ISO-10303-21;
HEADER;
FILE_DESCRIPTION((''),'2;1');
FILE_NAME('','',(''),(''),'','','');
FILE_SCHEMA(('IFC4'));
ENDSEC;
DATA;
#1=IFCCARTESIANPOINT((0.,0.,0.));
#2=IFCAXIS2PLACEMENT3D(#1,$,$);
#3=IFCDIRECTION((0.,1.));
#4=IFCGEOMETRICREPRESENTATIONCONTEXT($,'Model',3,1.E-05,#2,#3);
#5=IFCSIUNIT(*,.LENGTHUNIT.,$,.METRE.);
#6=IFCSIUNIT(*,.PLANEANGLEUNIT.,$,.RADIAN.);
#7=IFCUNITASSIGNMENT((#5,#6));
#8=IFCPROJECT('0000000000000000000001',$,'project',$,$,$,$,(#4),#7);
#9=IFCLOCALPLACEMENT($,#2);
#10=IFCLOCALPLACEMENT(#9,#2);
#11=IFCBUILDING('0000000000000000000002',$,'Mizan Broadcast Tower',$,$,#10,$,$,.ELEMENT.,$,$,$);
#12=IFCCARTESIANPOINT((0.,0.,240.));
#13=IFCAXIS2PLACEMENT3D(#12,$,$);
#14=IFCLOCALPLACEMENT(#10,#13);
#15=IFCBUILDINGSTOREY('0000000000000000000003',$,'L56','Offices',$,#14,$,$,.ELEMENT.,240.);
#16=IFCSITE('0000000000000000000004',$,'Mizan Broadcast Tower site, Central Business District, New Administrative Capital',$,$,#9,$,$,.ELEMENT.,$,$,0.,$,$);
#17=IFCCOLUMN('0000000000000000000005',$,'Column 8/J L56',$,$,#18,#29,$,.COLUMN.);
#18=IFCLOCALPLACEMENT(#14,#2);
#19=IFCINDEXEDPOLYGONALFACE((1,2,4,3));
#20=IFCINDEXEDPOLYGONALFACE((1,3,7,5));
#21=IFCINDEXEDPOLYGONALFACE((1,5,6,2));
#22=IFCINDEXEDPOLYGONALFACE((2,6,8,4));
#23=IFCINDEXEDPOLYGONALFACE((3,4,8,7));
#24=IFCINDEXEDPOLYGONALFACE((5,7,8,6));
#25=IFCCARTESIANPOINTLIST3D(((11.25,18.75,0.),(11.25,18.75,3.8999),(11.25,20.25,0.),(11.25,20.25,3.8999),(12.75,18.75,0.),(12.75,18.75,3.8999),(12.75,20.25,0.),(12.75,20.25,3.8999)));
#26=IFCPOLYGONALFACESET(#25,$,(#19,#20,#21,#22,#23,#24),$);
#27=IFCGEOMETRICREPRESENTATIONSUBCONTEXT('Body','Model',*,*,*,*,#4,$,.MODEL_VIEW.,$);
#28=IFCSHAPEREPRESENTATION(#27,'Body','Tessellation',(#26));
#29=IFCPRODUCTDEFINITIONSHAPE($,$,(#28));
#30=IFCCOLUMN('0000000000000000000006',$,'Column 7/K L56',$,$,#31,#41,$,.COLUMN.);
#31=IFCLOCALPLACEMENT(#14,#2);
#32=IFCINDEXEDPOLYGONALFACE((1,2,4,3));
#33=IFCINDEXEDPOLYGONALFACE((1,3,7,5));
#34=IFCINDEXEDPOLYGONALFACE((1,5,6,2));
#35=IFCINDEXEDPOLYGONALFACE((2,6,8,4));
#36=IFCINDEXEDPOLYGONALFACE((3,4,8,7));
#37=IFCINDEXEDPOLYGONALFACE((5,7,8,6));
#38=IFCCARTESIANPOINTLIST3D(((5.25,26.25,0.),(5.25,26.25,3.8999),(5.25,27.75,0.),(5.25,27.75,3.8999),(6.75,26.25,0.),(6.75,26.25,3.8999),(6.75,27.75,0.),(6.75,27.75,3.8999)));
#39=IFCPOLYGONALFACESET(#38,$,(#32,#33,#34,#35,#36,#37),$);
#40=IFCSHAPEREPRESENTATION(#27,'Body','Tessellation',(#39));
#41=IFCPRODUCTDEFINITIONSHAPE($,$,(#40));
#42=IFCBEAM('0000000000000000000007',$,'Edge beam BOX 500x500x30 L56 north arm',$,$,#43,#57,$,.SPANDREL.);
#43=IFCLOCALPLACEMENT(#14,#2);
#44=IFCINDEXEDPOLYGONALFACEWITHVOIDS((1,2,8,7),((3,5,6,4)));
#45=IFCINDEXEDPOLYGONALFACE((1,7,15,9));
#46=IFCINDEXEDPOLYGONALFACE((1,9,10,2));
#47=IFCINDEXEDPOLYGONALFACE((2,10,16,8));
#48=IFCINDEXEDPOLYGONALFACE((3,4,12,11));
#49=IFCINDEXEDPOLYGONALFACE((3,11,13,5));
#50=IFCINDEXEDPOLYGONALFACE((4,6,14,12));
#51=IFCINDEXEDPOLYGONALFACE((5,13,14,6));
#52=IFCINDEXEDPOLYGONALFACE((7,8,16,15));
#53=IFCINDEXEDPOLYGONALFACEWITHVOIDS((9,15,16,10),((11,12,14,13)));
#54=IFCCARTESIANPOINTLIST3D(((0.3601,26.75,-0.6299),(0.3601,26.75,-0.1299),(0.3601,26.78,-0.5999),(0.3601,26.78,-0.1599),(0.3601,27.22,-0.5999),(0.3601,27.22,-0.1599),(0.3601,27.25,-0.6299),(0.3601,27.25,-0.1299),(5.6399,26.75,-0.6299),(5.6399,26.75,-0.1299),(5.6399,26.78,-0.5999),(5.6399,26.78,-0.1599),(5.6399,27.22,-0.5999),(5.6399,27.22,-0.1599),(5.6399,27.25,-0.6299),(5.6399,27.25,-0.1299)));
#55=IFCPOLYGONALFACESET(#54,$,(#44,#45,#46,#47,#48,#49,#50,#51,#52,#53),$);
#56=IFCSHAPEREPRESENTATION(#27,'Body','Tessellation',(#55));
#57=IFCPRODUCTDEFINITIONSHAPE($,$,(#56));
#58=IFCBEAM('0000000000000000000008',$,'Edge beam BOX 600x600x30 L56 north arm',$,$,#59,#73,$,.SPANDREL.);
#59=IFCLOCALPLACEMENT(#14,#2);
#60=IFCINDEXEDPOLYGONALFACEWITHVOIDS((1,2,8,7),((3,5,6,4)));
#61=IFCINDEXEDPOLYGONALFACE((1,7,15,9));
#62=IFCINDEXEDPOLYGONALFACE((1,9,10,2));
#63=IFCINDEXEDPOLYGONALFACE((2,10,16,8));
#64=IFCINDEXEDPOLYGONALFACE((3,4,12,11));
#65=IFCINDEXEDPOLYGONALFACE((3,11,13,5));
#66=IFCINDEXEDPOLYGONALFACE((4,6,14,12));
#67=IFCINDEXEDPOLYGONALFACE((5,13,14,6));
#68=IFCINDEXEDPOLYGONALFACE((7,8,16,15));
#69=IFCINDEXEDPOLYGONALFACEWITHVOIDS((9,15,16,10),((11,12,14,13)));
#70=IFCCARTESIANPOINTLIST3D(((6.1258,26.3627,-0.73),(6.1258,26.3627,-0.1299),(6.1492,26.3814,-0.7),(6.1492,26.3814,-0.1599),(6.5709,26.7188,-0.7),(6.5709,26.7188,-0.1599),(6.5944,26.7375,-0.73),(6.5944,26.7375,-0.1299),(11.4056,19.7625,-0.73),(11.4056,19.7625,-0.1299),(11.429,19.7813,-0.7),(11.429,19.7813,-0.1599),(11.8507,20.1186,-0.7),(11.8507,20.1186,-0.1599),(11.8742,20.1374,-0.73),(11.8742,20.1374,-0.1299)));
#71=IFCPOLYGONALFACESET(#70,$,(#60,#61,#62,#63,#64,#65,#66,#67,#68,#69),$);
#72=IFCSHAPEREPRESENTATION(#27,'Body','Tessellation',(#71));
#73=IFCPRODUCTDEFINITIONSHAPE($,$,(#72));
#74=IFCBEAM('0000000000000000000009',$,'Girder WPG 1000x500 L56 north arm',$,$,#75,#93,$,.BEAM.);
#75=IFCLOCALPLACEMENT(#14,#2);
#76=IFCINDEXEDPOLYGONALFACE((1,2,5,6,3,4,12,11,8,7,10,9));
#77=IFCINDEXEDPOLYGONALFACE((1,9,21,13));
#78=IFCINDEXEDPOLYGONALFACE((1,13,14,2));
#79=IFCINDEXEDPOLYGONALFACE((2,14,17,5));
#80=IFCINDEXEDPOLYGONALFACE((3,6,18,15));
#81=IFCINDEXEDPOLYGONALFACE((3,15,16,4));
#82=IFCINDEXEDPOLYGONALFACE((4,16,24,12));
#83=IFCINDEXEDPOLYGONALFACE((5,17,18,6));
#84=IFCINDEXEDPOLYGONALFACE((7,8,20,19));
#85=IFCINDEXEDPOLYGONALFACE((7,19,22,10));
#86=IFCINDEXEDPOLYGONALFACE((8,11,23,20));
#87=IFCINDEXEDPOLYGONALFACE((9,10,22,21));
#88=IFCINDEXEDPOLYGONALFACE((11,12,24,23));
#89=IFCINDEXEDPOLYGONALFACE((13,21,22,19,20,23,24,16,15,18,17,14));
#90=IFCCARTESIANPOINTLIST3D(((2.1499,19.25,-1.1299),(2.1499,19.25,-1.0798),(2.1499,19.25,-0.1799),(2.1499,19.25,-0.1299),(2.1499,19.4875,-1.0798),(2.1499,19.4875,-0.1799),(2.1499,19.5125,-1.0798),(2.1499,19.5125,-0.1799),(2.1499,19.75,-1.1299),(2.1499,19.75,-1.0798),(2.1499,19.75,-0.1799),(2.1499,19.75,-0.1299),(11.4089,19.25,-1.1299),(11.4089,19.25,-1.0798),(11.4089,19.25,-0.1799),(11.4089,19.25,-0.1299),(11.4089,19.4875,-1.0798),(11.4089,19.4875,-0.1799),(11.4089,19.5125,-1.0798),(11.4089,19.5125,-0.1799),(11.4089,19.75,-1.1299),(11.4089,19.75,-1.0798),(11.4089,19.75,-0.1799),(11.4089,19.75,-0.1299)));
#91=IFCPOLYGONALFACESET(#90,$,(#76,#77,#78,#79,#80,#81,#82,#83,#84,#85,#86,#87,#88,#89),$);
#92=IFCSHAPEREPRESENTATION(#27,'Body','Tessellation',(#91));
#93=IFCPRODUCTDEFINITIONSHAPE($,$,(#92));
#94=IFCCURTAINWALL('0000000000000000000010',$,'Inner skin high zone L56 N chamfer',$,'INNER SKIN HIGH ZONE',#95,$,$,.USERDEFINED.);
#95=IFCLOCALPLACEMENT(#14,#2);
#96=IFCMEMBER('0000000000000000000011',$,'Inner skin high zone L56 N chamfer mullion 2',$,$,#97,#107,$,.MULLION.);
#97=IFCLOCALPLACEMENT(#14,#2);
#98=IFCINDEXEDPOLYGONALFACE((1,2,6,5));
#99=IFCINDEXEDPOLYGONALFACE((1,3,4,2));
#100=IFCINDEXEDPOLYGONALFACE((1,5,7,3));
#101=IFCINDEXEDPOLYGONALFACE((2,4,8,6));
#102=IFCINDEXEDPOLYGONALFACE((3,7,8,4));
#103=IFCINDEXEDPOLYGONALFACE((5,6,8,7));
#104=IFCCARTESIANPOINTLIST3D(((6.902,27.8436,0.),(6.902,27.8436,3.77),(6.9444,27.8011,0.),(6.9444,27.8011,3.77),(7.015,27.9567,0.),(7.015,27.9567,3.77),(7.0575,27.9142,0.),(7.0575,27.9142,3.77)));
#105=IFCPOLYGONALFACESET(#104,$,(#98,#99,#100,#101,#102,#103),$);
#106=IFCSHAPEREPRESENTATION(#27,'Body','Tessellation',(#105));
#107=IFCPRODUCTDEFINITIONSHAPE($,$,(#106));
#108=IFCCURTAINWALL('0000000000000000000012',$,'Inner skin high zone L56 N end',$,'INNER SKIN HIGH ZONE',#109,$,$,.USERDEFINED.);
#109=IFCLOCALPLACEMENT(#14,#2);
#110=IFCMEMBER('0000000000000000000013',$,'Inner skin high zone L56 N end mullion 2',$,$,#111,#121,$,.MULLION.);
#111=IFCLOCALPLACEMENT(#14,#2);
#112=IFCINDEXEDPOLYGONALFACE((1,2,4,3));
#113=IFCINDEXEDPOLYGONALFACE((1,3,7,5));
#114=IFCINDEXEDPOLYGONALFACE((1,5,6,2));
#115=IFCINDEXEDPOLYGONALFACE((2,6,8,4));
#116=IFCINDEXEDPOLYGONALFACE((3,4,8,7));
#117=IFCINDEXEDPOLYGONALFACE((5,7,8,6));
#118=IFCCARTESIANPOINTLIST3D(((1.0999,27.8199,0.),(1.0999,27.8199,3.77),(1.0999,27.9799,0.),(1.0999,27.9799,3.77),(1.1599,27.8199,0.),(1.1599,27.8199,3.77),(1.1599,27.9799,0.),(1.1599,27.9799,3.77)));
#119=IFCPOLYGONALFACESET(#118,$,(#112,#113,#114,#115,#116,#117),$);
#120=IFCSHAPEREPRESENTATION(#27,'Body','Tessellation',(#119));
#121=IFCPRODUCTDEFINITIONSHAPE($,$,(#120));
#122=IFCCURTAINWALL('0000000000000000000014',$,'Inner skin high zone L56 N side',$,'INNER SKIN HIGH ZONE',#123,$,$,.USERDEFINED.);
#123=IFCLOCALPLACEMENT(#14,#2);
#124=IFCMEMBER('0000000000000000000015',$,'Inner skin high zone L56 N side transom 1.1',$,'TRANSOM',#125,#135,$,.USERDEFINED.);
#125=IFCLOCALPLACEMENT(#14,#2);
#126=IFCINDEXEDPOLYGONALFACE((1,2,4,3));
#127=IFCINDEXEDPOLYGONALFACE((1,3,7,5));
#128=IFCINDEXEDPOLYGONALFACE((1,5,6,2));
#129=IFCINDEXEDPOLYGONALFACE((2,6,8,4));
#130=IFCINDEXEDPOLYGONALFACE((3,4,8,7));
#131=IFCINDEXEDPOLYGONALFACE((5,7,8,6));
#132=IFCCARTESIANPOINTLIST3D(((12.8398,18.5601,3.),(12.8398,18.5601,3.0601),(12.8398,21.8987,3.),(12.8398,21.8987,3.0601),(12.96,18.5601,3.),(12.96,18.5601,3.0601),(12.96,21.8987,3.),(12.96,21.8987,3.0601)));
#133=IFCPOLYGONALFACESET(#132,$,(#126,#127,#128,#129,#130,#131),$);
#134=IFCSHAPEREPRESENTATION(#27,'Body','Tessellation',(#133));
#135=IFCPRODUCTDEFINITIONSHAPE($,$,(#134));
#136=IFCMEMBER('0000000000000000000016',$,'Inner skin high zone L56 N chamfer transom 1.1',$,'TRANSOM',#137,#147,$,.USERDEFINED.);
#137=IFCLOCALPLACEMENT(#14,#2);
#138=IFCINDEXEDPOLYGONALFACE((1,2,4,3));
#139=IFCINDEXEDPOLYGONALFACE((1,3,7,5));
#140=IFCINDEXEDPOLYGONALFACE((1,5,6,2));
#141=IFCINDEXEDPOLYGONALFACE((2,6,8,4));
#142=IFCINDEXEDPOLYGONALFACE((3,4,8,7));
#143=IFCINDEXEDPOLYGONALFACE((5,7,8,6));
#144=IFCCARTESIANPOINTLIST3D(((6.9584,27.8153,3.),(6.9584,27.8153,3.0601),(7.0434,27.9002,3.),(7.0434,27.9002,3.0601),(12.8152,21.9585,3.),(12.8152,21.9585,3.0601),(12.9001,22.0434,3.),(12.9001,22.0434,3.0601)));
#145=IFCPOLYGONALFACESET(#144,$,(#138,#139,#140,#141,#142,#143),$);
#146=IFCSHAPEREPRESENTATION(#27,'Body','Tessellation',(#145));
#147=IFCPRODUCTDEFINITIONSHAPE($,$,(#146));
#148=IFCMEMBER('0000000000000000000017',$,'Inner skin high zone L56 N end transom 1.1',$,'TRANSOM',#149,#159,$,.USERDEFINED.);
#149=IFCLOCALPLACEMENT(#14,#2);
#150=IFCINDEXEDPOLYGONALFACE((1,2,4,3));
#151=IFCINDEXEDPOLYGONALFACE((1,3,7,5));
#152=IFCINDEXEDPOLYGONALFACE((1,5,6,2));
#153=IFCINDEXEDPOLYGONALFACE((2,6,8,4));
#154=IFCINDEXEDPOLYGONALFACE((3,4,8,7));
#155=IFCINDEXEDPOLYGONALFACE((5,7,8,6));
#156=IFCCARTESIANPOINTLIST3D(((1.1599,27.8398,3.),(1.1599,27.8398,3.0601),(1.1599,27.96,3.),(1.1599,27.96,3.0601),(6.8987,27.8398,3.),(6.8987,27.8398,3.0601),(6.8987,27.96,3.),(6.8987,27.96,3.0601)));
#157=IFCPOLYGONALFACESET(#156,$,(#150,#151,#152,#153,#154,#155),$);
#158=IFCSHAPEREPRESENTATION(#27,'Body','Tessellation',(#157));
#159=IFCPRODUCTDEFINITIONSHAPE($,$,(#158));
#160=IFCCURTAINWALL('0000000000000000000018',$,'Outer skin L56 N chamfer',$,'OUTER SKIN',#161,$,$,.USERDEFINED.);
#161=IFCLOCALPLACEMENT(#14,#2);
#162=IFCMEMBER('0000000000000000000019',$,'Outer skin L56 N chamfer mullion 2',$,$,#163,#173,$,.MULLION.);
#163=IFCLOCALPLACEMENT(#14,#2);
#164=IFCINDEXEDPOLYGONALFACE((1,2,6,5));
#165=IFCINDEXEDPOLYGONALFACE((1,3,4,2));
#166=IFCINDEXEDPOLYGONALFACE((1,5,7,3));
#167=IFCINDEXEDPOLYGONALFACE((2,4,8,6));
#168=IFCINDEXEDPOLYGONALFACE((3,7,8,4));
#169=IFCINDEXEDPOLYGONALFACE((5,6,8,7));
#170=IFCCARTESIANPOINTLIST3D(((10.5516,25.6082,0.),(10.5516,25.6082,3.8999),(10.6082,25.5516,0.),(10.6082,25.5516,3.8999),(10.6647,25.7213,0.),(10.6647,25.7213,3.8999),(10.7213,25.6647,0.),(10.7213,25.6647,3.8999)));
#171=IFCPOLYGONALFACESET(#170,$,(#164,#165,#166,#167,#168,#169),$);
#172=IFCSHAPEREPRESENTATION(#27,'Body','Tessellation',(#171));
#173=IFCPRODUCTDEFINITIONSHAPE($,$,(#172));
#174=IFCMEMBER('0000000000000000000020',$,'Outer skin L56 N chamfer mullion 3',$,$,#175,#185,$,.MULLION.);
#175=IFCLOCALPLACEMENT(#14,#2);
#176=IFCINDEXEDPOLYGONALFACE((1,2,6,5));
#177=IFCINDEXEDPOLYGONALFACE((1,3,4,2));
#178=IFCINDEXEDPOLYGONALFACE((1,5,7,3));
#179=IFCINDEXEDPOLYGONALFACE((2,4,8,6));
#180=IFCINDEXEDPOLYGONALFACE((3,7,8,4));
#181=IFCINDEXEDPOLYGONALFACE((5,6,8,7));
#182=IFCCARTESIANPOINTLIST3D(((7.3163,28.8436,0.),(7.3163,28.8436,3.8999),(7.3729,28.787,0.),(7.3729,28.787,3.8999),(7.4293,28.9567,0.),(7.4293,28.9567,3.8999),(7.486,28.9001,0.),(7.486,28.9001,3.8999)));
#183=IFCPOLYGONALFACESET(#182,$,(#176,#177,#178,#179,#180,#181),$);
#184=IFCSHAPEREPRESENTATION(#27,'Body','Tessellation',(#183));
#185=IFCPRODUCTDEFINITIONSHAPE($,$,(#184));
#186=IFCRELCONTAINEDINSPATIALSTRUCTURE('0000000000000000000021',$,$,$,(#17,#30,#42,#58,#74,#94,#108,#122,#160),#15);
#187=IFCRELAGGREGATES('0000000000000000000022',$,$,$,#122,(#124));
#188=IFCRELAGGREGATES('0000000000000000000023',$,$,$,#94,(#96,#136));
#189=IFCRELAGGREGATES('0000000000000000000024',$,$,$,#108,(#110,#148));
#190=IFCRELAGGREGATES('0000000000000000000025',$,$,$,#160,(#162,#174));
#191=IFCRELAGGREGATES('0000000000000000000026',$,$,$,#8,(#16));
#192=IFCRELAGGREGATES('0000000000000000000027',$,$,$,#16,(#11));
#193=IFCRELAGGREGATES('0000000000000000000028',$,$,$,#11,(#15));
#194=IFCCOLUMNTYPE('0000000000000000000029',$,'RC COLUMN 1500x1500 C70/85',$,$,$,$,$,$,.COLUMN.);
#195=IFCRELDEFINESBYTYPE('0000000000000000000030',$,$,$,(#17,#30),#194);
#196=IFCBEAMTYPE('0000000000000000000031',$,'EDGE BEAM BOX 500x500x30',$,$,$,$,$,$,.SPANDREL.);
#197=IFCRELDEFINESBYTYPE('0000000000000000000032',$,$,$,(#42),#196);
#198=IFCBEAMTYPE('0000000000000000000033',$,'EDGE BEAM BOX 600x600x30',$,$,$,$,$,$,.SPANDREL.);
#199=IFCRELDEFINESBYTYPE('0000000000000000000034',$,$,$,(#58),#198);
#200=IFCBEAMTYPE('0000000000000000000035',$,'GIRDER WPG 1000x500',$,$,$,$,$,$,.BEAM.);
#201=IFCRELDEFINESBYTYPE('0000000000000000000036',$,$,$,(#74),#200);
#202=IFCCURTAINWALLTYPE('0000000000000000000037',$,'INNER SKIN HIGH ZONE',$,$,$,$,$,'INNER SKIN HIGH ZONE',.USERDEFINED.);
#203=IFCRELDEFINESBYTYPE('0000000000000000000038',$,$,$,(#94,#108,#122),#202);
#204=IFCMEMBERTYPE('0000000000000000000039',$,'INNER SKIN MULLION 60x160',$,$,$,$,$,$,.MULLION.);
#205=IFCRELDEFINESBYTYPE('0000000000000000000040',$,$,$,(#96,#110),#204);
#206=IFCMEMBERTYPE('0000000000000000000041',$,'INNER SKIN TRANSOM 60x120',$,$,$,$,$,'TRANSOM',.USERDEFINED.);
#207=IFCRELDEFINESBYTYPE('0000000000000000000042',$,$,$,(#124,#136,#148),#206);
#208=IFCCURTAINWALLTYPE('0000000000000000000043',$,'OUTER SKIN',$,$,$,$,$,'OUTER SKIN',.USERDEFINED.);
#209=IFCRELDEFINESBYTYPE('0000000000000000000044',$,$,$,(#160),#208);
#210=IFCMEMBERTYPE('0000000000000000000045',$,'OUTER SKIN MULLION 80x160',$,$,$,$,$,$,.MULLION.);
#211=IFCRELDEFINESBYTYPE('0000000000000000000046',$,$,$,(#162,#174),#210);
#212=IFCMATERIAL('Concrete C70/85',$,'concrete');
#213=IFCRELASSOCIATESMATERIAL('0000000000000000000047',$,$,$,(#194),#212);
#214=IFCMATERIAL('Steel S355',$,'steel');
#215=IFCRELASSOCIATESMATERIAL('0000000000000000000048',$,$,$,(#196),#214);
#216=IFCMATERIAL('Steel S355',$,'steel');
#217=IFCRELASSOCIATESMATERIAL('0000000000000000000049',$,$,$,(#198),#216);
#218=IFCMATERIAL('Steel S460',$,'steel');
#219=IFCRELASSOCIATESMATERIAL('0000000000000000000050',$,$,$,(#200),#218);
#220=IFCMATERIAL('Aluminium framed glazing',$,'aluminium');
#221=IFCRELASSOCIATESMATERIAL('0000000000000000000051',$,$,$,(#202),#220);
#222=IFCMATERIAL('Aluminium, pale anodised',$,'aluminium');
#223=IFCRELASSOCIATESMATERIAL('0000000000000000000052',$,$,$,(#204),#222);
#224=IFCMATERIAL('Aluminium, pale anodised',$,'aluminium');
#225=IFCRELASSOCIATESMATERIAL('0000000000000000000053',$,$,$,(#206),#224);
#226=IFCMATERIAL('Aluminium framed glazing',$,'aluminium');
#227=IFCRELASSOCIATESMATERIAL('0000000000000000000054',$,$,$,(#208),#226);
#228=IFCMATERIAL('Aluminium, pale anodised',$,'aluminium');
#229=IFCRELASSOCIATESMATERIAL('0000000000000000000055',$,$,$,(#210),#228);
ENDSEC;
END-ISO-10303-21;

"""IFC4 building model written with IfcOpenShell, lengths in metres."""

from ifc_helpers import new_model, si_unit, direction, frame, origin, origin_2d, place, context, subcontext, project, spatial, rectangle, hollow_rectangle, i_section, extrude, material, material_profile, profile_set, type_object, element, aggregate, save


model = new_model("IFC4")

# Units and contexts
model_context = context("Model", 3, precision=1e-05, world=origin(), true_north=direction((0.0, 1.0)))
body_context = subcontext(model_context, "Body", "Model", "MODEL_VIEW")
ifc_project = project(units=[si_unit("LENGTHUNIT", "METRE"), si_unit("PLANEANGLEUNIT", "RADIAN")], contexts=[model_context])

# Site, building, storey
site_placement = place(None, origin())
site = spatial("IfcSite", under=ifc_project, at=site_placement, Name="Mizan Broadcast Tower site, Central Business District, New Administrative Capital", CompositionType="ELEMENT", RefElevation=0.0)
building_placement = place(site_placement, origin())
building = spatial("IfcBuilding", under=site, at=building_placement, Name="Mizan Broadcast Tower", CompositionType="ELEMENT")
storey_placement = place(building_placement, frame((0.0, 0.0, 240.0)))
storey = spatial("IfcBuildingStorey", under=building, at=storey_placement, Name="L56", Description="Offices", CompositionType="ELEMENT", Elevation=240.0)

# Columns
ifc_material_1 = material(Name="Concrete C70/85", Category="concrete")
ifc_material_profile_1 = material_profile(ifc_material_1, rectangle(XDim=1.5, YDim=1.5, at=origin_2d()), Name="RC 1500x1500")
ifc_profile_set_1 = profile_set([ifc_material_profile_1], Name="Concrete C70/85")
column_type = type_object("IfcColumnType", Name="RC COLUMN 1500x1500 C70/85", PredefinedType="COLUMN", material=ifc_profile_set_1)
for number, where, z_axis, x_axis, name in (
    (1, (12.0, 19.5, 0.0), (0.0, 0.0, 1.0), (1.0, 0.0, 0.0), "Column 8/J L56"),
    (2, (6.0, 27.0, 0.0), (0.0, 0.0, 1.0), (1.0, 0.0, 0.0), "Column 7/K L56"),
):
    element("IfcColumn", number, at=place(storey_placement, frame(where, z_axis=z_axis, x_axis=x_axis)), inside=storey, type_object=column_type, Name=name, PredefinedType="COLUMN", context=body_context, shape_type="SweptSolid", body=[
        extrude(rectangle(XDim=1.5, YDim=1.5, at=origin_2d()), origin(), (0.0, 0.0, 1.0), 3.8999),
    ])

# Beams
ifc_material_2 = material(Name="Steel S355", Category="steel")
ifc_material_profile_2 = material_profile(ifc_material_2, hollow_rectangle(XDim=0.5, YDim=0.5, WallThickness=0.03, at=origin_2d()), Name="BOX 500x500x30")
ifc_profile_set_2 = profile_set([ifc_material_profile_2], Name="Steel S355")
beam_type_1 = type_object("IfcBeamType", Name="EDGE BEAM BOX 500x500x30", PredefinedType="SPANDREL", material=ifc_profile_set_2)
beam_1_placement = place(storey_placement, frame((5.6399, 27.0, -0.3799), z_axis=(-1.0, 0.0, 0.0), x_axis=(0.0, -1.0, 0.0)))
element("IfcBeam", 3, at=beam_1_placement, inside=storey, type_object=beam_type_1, Name="Edge beam BOX 500x500x30 L56 north arm", PredefinedType="SPANDREL", context=body_context, shape_type="SweptSolid", body=[
    extrude(hollow_rectangle(XDim=0.5, YDim=0.5, WallThickness=0.03, at=origin_2d()), origin(), (0.0, 0.0, 1.0), 5.2798),
])
ifc_material_3 = material(Name="Steel S355", Category="steel")
ifc_material_profile_3 = material_profile(ifc_material_3, hollow_rectangle(XDim=0.6001, YDim=0.6001, WallThickness=0.03, at=origin_2d()), Name="BOX 600x600x30")
ifc_profile_set_3 = profile_set([ifc_material_profile_3], Name="Steel S355")
beam_type_2 = type_object("IfcBeamType", Name="EDGE BEAM BOX 600x600x30", PredefinedType="SPANDREL", material=ifc_profile_set_3)
beam_2_placement = place(storey_placement, frame((11.6399, 19.95, -0.4299), z_axis=(-0.624674, 0.780886, 0.0), x_axis=(-0.780886, -0.624674, 0.0)))
element("IfcBeam", 4, at=beam_2_placement, inside=storey, type_object=beam_type_2, Name="Edge beam BOX 600x600x30 L56 north arm", PredefinedType="SPANDREL", context=body_context, shape_type="SweptSolid", body=[
    extrude(hollow_rectangle(XDim=0.6001, YDim=0.6001, WallThickness=0.03, at=origin_2d()), origin(), (0.0, 0.0, 1.0), 8.4521),
])
ifc_material_4 = material(Name="Steel S460", Category="steel")
ifc_material_profile_4 = material_profile(ifc_material_4, i_section(OverallWidth=0.5, OverallDepth=1.0, WebThickness=0.0249, FlangeThickness=0.05, at=origin_2d()), Name="WPG 1000x500")
ifc_profile_set_4 = profile_set([ifc_material_profile_4], Name="Steel S460")
beam_type_3 = type_object("IfcBeamType", Name="GIRDER WPG 1000x500", PredefinedType="BEAM", material=ifc_profile_set_4)
beam_3_placement = place(storey_placement, frame((11.4089, 19.5, -0.6299), z_axis=(-1.0, 0.0, 0.0), x_axis=(0.0, -1.0, 0.0)))
element("IfcBeam", 5, at=beam_3_placement, inside=storey, type_object=beam_type_3, Name="Girder WPG 1000x500 L56 north arm", PredefinedType="BEAM", context=body_context, shape_type="SweptSolid", body=[
    extrude(i_section(OverallWidth=0.5, OverallDepth=1.0, WebThickness=0.0249, FlangeThickness=0.05, at=origin_2d()), origin(), (0.0, 0.0, 1.0), 9.259),
])

# Curtain walls, members
ifc_material_5 = material(Name="Aluminium framed glazing", Category="aluminium")
curtain_wall_type_1 = type_object("IfcCurtainWallType", Name="INNER SKIN HIGH ZONE", ElementType="INNER SKIN HIGH ZONE", PredefinedType="USERDEFINED", material=ifc_material_5)
curtain_wall_1_placement = place(storey_placement, origin())
curtain_wall_1 = element("IfcCurtainWall", 6, at=curtain_wall_1_placement, inside=storey, type_object=curtain_wall_type_1, Name="Inner skin high zone L56 N chamfer", ObjectType="INNER SKIN HIGH ZONE", PredefinedType="USERDEFINED")
ifc_material_6 = material(Name="Aluminium, pale anodised", Category="aluminium")
ifc_material_profile_5 = material_profile(ifc_material_6, rectangle(XDim=0.1599, YDim=0.0601, at=origin_2d()), Name="MULLION 160x60")
ifc_profile_set_5 = profile_set([ifc_material_profile_5], Name="Aluminium, pale anodised")
member_type_1 = type_object("IfcMemberType", Name="INNER SKIN MULLION 60x160", PredefinedType="MULLION", material=ifc_profile_set_5)
member_1_placement = place(storey_placement, frame((6.9797, 27.8789, 0.0), z_axis=(0.0, 0.0, 1.0), x_axis=(-0.707107, -0.707107, 0.0)))
member_1 = element("IfcMember", 7, at=member_1_placement, type_object=member_type_1, Name="Inner skin high zone L56 N chamfer mullion 2", PredefinedType="MULLION", context=body_context, shape_type="SweptSolid", body=[
    extrude(rectangle(XDim=0.1599, YDim=0.0601, at=origin_2d()), origin(), (0.0, 0.0, 1.0), 3.77),
])
curtain_wall_2_placement = place(storey_placement, origin())
curtain_wall_2 = element("IfcCurtainWall", 8, at=curtain_wall_2_placement, inside=storey, type_object=curtain_wall_type_1, Name="Inner skin high zone L56 N end", ObjectType="INNER SKIN HIGH ZONE", PredefinedType="USERDEFINED")
member_2_placement = place(storey_placement, frame((1.1299, 27.8999, 0.0), z_axis=(0.0, 0.0, 1.0), x_axis=(0.0, -1.0, 0.0)))
member_2 = element("IfcMember", 9, at=member_2_placement, type_object=member_type_1, Name="Inner skin high zone L56 N end mullion 2", PredefinedType="MULLION", context=body_context, shape_type="SweptSolid", body=[
    extrude(rectangle(XDim=0.1599, YDim=0.0601, at=origin_2d()), origin(), (0.0, 0.0, 1.0), 3.77),
])
curtain_wall_3_placement = place(storey_placement, origin())
curtain_wall_3 = element("IfcCurtainWall", 10, at=curtain_wall_3_placement, inside=storey, type_object=curtain_wall_type_1, Name="Inner skin high zone L56 N side", ObjectType="INNER SKIN HIGH ZONE", PredefinedType="USERDEFINED")
ifc_material_7 = material(Name="Aluminium, pale anodised", Category="aluminium")
ifc_material_profile_6 = material_profile(ifc_material_7, rectangle(XDim=0.1201, YDim=0.0601, at=origin_2d()), Name="TRANSOM 120x60")
ifc_profile_set_6 = profile_set([ifc_material_profile_6], Name="Aluminium, pale anodised")
member_type_2 = type_object("IfcMemberType", Name="INNER SKIN TRANSOM 60x120", ElementType="TRANSOM", PredefinedType="USERDEFINED", material=ifc_profile_set_6)
member_3_placement = place(storey_placement, frame((12.8999, 18.5601, 3.03), z_axis=(0.0, 1.0, 0.0), x_axis=(-1.0, 0.0, 0.0)))
member_3 = element("IfcMember", 11, at=member_3_placement, type_object=member_type_2, Name="Inner skin high zone L56 N side transom 1.1", ObjectType="TRANSOM", PredefinedType="USERDEFINED", context=body_context, shape_type="SweptSolid", body=[
    extrude(rectangle(XDim=0.1201, YDim=0.0601, at=origin_2d()), origin(), (0.0, 0.0, 1.0), 3.3386),
])

# Members
member_4_placement = place(storey_placement, frame((12.8577, 22.001, 3.03), z_axis=(-0.707107, 0.707107, 0.0), x_axis=(-0.707107, -0.707107, 0.0)))
member_4 = element("IfcMember", 12, at=member_4_placement, type_object=member_type_2, Name="Inner skin high zone L56 N chamfer transom 1.1", ObjectType="TRANSOM", PredefinedType="USERDEFINED", context=body_context, shape_type="SweptSolid", body=[
    extrude(rectangle(XDim=0.1201, YDim=0.0601, at=origin_2d()), origin(), (0.0, 0.0, 1.0), 8.2827),
])
member_5_placement = place(storey_placement, frame((6.8987, 27.8999, 3.03), z_axis=(-1.0, 0.0, 0.0), x_axis=(0.0, -1.0, 0.0)))
member_5 = element("IfcMember", 13, at=member_5_placement, type_object=member_type_2, Name="Inner skin high zone L56 N end transom 1.1", ObjectType="TRANSOM", PredefinedType="USERDEFINED", context=body_context, shape_type="SweptSolid", body=[
    extrude(rectangle(XDim=0.1201, YDim=0.0601, at=origin_2d()), origin(), (0.0, 0.0, 1.0), 5.7388),
])

# Curtain wall, members
ifc_material_8 = material(Name="Aluminium framed glazing", Category="aluminium")
curtain_wall_type_2 = type_object("IfcCurtainWallType", Name="OUTER SKIN", ElementType="OUTER SKIN", PredefinedType="USERDEFINED", material=ifc_material_8)
curtain_wall_4_placement = place(storey_placement, origin())
curtain_wall_4 = element("IfcCurtainWall", 14, at=curtain_wall_4_placement, inside=storey, type_object=curtain_wall_type_2, Name="Outer skin L56 N chamfer", ObjectType="OUTER SKIN", PredefinedType="USERDEFINED")
ifc_material_9 = material(Name="Aluminium, pale anodised", Category="aluminium")
ifc_material_profile_7 = material_profile(ifc_material_9, rectangle(XDim=0.1599, YDim=0.0801, at=origin_2d()), Name="MULLION 160x80")
ifc_profile_set_7 = profile_set([ifc_material_profile_7], Name="Aluminium, pale anodised")
member_type_3 = type_object("IfcMemberType", Name="OUTER SKIN MULLION 80x160", PredefinedType="MULLION", material=ifc_profile_set_7)
member_6_placement = place(storey_placement, frame((10.6365, 25.6365, 0.0), z_axis=(0.0, 0.0, 1.0), x_axis=(-0.707107, -0.707107, 0.0)))
member_6 = element("IfcMember", 15, at=member_6_placement, type_object=member_type_3, Name="Outer skin L56 N chamfer mullion 2", PredefinedType="MULLION", context=body_context, shape_type="SweptSolid", body=[
    extrude(rectangle(XDim=0.1599, YDim=0.0801, at=origin_2d()), origin(), (0.0, 0.0, 1.0), 3.8999),
])
member_7_placement = place(storey_placement, frame((7.4011, 28.8718, 0.0), z_axis=(0.0, 0.0, 1.0), x_axis=(-0.707107, -0.707107, 0.0)))
member_7 = element("IfcMember", 16, at=member_7_placement, type_object=member_type_3, Name="Outer skin L56 N chamfer mullion 3", PredefinedType="MULLION", context=body_context, shape_type="SweptSolid", body=[
    extrude(rectangle(XDim=0.1599, YDim=0.0801, at=origin_2d()), origin(), (0.0, 0.0, 1.0), 3.8999),
])

aggregate(curtain_wall_3, [member_3])
aggregate(curtain_wall_1, [member_1, member_4])
aggregate(curtain_wall_2, [member_2, member_5])
aggregate(curtain_wall_4, [member_6, member_7])

save(model, "model.ifc")
